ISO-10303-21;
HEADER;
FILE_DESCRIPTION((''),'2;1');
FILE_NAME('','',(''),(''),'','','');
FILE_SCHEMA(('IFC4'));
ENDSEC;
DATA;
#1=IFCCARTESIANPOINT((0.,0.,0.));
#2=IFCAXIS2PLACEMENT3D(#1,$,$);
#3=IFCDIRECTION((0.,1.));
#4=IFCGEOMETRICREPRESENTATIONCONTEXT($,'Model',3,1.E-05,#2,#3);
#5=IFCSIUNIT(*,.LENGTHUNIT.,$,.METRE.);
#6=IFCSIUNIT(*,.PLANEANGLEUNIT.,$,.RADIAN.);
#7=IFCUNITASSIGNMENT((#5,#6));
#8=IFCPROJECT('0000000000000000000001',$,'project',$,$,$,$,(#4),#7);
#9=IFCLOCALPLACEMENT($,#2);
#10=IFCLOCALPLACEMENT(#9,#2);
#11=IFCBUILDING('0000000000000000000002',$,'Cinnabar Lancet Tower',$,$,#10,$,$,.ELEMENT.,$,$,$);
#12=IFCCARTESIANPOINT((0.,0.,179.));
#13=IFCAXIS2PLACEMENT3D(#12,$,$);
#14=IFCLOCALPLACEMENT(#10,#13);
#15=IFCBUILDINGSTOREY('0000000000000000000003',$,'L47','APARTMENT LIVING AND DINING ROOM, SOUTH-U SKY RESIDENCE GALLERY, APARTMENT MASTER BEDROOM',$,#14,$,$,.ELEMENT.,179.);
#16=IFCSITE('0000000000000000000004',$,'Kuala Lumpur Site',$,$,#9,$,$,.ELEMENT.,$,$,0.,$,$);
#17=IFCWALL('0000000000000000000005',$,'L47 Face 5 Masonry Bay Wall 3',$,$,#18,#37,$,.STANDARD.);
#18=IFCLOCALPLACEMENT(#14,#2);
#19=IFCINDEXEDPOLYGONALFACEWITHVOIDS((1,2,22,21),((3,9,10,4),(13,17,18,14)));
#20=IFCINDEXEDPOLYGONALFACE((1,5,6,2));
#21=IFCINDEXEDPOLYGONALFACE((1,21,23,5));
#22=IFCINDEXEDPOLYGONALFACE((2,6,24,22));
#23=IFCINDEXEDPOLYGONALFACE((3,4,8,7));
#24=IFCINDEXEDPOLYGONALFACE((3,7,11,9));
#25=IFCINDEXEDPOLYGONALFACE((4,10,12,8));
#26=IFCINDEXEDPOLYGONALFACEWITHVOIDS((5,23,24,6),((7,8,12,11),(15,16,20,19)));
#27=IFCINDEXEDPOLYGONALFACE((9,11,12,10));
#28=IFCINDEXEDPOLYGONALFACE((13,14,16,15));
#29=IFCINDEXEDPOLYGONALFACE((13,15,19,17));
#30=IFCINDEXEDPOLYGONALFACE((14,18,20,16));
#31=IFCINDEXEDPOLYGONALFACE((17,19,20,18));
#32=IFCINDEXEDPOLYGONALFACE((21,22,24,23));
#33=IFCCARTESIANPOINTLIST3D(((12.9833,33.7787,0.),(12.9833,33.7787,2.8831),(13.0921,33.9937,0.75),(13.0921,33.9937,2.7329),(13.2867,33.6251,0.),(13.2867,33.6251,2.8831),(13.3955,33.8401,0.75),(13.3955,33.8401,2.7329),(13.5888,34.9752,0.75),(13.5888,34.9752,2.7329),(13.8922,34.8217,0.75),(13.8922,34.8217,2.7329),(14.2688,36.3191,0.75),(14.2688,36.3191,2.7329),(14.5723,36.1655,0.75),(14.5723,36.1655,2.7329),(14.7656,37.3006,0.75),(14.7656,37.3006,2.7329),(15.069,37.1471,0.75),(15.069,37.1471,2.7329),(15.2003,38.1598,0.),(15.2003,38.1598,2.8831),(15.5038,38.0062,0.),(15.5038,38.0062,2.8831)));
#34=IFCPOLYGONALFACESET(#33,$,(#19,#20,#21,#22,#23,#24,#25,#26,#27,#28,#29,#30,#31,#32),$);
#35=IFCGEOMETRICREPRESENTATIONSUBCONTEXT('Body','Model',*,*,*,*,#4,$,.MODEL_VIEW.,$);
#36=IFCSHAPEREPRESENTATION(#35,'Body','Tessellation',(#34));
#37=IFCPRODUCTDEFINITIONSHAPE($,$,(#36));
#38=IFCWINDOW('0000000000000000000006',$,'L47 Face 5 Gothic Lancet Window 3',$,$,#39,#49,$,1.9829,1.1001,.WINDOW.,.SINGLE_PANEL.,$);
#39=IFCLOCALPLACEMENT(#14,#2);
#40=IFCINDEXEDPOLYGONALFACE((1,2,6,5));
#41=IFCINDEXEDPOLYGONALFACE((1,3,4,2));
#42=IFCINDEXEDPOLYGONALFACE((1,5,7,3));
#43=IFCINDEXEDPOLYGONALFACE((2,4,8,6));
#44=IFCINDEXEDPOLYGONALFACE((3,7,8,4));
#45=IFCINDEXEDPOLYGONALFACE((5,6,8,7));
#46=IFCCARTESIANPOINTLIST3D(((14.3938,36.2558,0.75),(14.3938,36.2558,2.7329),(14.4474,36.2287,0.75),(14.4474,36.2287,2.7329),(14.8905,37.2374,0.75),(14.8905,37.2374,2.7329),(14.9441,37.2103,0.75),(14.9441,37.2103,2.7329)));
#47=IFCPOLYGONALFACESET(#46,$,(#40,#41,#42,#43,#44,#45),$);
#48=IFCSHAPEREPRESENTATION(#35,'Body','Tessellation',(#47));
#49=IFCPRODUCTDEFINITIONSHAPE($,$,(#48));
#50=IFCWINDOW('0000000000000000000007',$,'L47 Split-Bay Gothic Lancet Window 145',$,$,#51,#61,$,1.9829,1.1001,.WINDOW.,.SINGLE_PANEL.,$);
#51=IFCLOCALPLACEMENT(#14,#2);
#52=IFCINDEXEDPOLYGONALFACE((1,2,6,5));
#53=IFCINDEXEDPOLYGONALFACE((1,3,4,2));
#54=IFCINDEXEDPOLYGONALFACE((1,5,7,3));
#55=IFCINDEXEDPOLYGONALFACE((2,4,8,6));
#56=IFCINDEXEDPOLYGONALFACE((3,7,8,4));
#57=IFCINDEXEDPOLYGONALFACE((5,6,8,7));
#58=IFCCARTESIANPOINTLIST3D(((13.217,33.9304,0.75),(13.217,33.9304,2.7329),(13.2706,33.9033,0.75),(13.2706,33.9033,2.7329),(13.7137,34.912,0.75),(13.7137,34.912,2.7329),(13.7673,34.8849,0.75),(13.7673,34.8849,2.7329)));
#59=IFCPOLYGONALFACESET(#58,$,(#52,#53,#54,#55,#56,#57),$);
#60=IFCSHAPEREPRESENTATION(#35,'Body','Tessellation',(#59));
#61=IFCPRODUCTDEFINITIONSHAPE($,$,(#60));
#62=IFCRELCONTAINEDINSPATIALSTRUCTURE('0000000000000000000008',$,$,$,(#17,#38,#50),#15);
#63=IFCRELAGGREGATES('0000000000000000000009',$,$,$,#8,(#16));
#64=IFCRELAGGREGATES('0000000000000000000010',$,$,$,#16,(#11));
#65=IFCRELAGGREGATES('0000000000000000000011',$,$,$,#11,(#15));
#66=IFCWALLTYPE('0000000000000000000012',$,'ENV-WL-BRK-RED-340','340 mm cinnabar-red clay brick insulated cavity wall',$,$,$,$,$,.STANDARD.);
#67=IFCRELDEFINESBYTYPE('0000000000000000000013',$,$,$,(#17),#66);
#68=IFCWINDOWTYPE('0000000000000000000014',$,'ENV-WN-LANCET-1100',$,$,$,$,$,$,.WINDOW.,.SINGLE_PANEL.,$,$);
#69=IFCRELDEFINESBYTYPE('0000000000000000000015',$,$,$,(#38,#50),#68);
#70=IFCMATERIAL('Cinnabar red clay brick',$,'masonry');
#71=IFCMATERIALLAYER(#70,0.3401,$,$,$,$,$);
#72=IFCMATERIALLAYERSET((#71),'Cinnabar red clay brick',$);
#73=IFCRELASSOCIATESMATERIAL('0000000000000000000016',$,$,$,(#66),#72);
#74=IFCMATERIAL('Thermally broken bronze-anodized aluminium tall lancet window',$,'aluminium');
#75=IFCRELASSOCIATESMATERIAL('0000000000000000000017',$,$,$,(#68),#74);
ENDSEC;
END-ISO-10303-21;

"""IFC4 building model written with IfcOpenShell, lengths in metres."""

from ifc_helpers import new_model, si_unit, direction, frame, frame_2d, origin, place, context, subcontext, project, spatial, rectangle, extrude, material, layer, layer_set, type_object, element, fill, save


model = new_model("IFC4")

# Units and contexts
model_context = context("Model", 3, precision=1e-05, world=origin(), true_north=direction((0.0, 1.0)))
body_context = subcontext(model_context, "Body", "Model", "MODEL_VIEW")
ifc_project = project(units=[si_unit("LENGTHUNIT", "METRE"), si_unit("PLANEANGLEUNIT", "RADIAN")], contexts=[model_context])

# Site, building, storey
site_placement = place(None, origin())
site = spatial("IfcSite", under=ifc_project, at=site_placement, Name="Kuala Lumpur Site", CompositionType="ELEMENT", RefElevation=0.0)
building_placement = place(site_placement, origin())
building = spatial("IfcBuilding", under=site, at=building_placement, Name="Cinnabar Lancet Tower", CompositionType="ELEMENT")
storey_placement = place(building_placement, frame((0.0, 0.0, 179.0)))
storey = spatial("IfcBuildingStorey", under=building, at=storey_placement, Name="L47", Description="APARTMENT LIVING AND DINING ROOM, SOUTH-U SKY RESIDENCE GALLERY, APARTMENT MASTER BEDROOM", CompositionType="ELEMENT", Elevation=179.0)

# Shared definitions
ifc_material_1 = material(Name="Cinnabar red clay brick", Category="masonry")
ifc_layer_1 = layer(ifc_material_1, 0.3401)
ifc_layer_set_1 = layer_set([ifc_layer_1], Name="Cinnabar red clay brick")
wall_type_1 = type_object("IfcWallType", Name="ENV-WL-BRK-RED-340", Description="340 mm cinnabar-red clay brick insulated cavity wall", PredefinedType="STANDARD", material=ifc_layer_set_1)

# Wall, openings, windows
wall_1_placement = place(storey_placement, frame((15.3521, 38.083, 0.0), z_axis=(0.0, 0.0, 1.0), x_axis=(-0.451524, -0.892259, 0.0)))
wall_1 = element("IfcWall", 1, at=wall_1_placement, inside=storey, type_object=wall_type_1, Name="L47 Face 5 Masonry Bay Wall 3", PredefinedType="STANDARD", context=body_context, shape_type="SweptSolid", body=[
    extrude(rectangle(XDim=4.9102, YDim=0.3401, at=frame_2d((2.4551, 0.0))), origin(), (0.0, 0.0, 1.0), 2.8831),
])
opening_1_placement = place(wall_1_placement, frame((0.9629, 0.0, 0.75)))
opening_1 = element("IfcOpeningElement", 2, at=opening_1_placement, cuts=wall_1, PredefinedType="OPENING", context=body_context, shape_type="SweptSolid", body=[
    extrude(rectangle(XDim=1.1001, YDim=1.9829, at=frame_2d((0.55, 0.9915))), frame((0.0, 0.1799, 0.0), z_axis=(0.0, -1.0, 0.0), x_axis=(1.0, 0.0, 0.0)), (0.0, 0.0, 1.0), 0.3601),
])
opening_2_placement = place(wall_1_placement, frame((3.5691, 0.0, 0.75)))
opening_2 = element("IfcOpeningElement", 3, at=opening_2_placement, cuts=wall_1, PredefinedType="OPENING", context=body_context, shape_type="SweptSolid", body=[
    extrude(rectangle(XDim=1.1001, YDim=1.9829, at=frame_2d((0.55, 0.9915))), frame((0.0, 0.1799, 0.0), z_axis=(0.0, -1.0, 0.0), x_axis=(1.0, 0.0, 0.0)), (0.0, 0.0, 1.0), 0.3601),
])
ifc_material_2 = material(Name="Thermally broken bronze-anodized aluminium tall lancet window", Category="aluminium")
window_type_1 = type_object("IfcWindowType", Name="ENV-WN-LANCET-1100", PartitioningType="SINGLE_PANEL", PredefinedType="WINDOW", material=ifc_material_2)
window_1_placement = place(opening_1_placement, origin())
window_1 = element("IfcWindow", 4, at=window_1_placement, inside=storey, type_object=window_type_1, Name="L47 Face 5 Gothic Lancet Window 3", OverallHeight=1.9829, OverallWidth=1.1001, PartitioningType="SINGLE_PANEL", PredefinedType="WINDOW", context=body_context, shape_type="SweptSolid", body=[
    extrude(rectangle(XDim=1.1001, YDim=1.9829, at=frame_2d((0.55, 0.9915))), frame((0.0, 0.03, 0.0), z_axis=(0.0, -1.0, 0.0), x_axis=(1.0, 0.0, 0.0)), (0.0, 0.0, 1.0), 0.0601),
])
fill(opening_1, window_1)
window_2_placement = place(opening_2_placement, origin())
window_2 = element("IfcWindow", 5, at=window_2_placement, inside=storey, type_object=window_type_1, Name="L47 Split-Bay Gothic Lancet Window 145", OverallHeight=1.9829, OverallWidth=1.1001, PartitioningType="SINGLE_PANEL", PredefinedType="WINDOW", context=body_context, shape_type="SweptSolid", body=[
    extrude(rectangle(XDim=1.1001, YDim=1.9829, at=frame_2d((0.55, 0.9915))), frame((0.0, 0.03, 0.0), z_axis=(0.0, -1.0, 0.0), x_axis=(1.0, 0.0, 0.0)), (0.0, 0.0, 1.0), 0.0601),
])
fill(opening_2, window_2)

save(model, "model.ifc")
